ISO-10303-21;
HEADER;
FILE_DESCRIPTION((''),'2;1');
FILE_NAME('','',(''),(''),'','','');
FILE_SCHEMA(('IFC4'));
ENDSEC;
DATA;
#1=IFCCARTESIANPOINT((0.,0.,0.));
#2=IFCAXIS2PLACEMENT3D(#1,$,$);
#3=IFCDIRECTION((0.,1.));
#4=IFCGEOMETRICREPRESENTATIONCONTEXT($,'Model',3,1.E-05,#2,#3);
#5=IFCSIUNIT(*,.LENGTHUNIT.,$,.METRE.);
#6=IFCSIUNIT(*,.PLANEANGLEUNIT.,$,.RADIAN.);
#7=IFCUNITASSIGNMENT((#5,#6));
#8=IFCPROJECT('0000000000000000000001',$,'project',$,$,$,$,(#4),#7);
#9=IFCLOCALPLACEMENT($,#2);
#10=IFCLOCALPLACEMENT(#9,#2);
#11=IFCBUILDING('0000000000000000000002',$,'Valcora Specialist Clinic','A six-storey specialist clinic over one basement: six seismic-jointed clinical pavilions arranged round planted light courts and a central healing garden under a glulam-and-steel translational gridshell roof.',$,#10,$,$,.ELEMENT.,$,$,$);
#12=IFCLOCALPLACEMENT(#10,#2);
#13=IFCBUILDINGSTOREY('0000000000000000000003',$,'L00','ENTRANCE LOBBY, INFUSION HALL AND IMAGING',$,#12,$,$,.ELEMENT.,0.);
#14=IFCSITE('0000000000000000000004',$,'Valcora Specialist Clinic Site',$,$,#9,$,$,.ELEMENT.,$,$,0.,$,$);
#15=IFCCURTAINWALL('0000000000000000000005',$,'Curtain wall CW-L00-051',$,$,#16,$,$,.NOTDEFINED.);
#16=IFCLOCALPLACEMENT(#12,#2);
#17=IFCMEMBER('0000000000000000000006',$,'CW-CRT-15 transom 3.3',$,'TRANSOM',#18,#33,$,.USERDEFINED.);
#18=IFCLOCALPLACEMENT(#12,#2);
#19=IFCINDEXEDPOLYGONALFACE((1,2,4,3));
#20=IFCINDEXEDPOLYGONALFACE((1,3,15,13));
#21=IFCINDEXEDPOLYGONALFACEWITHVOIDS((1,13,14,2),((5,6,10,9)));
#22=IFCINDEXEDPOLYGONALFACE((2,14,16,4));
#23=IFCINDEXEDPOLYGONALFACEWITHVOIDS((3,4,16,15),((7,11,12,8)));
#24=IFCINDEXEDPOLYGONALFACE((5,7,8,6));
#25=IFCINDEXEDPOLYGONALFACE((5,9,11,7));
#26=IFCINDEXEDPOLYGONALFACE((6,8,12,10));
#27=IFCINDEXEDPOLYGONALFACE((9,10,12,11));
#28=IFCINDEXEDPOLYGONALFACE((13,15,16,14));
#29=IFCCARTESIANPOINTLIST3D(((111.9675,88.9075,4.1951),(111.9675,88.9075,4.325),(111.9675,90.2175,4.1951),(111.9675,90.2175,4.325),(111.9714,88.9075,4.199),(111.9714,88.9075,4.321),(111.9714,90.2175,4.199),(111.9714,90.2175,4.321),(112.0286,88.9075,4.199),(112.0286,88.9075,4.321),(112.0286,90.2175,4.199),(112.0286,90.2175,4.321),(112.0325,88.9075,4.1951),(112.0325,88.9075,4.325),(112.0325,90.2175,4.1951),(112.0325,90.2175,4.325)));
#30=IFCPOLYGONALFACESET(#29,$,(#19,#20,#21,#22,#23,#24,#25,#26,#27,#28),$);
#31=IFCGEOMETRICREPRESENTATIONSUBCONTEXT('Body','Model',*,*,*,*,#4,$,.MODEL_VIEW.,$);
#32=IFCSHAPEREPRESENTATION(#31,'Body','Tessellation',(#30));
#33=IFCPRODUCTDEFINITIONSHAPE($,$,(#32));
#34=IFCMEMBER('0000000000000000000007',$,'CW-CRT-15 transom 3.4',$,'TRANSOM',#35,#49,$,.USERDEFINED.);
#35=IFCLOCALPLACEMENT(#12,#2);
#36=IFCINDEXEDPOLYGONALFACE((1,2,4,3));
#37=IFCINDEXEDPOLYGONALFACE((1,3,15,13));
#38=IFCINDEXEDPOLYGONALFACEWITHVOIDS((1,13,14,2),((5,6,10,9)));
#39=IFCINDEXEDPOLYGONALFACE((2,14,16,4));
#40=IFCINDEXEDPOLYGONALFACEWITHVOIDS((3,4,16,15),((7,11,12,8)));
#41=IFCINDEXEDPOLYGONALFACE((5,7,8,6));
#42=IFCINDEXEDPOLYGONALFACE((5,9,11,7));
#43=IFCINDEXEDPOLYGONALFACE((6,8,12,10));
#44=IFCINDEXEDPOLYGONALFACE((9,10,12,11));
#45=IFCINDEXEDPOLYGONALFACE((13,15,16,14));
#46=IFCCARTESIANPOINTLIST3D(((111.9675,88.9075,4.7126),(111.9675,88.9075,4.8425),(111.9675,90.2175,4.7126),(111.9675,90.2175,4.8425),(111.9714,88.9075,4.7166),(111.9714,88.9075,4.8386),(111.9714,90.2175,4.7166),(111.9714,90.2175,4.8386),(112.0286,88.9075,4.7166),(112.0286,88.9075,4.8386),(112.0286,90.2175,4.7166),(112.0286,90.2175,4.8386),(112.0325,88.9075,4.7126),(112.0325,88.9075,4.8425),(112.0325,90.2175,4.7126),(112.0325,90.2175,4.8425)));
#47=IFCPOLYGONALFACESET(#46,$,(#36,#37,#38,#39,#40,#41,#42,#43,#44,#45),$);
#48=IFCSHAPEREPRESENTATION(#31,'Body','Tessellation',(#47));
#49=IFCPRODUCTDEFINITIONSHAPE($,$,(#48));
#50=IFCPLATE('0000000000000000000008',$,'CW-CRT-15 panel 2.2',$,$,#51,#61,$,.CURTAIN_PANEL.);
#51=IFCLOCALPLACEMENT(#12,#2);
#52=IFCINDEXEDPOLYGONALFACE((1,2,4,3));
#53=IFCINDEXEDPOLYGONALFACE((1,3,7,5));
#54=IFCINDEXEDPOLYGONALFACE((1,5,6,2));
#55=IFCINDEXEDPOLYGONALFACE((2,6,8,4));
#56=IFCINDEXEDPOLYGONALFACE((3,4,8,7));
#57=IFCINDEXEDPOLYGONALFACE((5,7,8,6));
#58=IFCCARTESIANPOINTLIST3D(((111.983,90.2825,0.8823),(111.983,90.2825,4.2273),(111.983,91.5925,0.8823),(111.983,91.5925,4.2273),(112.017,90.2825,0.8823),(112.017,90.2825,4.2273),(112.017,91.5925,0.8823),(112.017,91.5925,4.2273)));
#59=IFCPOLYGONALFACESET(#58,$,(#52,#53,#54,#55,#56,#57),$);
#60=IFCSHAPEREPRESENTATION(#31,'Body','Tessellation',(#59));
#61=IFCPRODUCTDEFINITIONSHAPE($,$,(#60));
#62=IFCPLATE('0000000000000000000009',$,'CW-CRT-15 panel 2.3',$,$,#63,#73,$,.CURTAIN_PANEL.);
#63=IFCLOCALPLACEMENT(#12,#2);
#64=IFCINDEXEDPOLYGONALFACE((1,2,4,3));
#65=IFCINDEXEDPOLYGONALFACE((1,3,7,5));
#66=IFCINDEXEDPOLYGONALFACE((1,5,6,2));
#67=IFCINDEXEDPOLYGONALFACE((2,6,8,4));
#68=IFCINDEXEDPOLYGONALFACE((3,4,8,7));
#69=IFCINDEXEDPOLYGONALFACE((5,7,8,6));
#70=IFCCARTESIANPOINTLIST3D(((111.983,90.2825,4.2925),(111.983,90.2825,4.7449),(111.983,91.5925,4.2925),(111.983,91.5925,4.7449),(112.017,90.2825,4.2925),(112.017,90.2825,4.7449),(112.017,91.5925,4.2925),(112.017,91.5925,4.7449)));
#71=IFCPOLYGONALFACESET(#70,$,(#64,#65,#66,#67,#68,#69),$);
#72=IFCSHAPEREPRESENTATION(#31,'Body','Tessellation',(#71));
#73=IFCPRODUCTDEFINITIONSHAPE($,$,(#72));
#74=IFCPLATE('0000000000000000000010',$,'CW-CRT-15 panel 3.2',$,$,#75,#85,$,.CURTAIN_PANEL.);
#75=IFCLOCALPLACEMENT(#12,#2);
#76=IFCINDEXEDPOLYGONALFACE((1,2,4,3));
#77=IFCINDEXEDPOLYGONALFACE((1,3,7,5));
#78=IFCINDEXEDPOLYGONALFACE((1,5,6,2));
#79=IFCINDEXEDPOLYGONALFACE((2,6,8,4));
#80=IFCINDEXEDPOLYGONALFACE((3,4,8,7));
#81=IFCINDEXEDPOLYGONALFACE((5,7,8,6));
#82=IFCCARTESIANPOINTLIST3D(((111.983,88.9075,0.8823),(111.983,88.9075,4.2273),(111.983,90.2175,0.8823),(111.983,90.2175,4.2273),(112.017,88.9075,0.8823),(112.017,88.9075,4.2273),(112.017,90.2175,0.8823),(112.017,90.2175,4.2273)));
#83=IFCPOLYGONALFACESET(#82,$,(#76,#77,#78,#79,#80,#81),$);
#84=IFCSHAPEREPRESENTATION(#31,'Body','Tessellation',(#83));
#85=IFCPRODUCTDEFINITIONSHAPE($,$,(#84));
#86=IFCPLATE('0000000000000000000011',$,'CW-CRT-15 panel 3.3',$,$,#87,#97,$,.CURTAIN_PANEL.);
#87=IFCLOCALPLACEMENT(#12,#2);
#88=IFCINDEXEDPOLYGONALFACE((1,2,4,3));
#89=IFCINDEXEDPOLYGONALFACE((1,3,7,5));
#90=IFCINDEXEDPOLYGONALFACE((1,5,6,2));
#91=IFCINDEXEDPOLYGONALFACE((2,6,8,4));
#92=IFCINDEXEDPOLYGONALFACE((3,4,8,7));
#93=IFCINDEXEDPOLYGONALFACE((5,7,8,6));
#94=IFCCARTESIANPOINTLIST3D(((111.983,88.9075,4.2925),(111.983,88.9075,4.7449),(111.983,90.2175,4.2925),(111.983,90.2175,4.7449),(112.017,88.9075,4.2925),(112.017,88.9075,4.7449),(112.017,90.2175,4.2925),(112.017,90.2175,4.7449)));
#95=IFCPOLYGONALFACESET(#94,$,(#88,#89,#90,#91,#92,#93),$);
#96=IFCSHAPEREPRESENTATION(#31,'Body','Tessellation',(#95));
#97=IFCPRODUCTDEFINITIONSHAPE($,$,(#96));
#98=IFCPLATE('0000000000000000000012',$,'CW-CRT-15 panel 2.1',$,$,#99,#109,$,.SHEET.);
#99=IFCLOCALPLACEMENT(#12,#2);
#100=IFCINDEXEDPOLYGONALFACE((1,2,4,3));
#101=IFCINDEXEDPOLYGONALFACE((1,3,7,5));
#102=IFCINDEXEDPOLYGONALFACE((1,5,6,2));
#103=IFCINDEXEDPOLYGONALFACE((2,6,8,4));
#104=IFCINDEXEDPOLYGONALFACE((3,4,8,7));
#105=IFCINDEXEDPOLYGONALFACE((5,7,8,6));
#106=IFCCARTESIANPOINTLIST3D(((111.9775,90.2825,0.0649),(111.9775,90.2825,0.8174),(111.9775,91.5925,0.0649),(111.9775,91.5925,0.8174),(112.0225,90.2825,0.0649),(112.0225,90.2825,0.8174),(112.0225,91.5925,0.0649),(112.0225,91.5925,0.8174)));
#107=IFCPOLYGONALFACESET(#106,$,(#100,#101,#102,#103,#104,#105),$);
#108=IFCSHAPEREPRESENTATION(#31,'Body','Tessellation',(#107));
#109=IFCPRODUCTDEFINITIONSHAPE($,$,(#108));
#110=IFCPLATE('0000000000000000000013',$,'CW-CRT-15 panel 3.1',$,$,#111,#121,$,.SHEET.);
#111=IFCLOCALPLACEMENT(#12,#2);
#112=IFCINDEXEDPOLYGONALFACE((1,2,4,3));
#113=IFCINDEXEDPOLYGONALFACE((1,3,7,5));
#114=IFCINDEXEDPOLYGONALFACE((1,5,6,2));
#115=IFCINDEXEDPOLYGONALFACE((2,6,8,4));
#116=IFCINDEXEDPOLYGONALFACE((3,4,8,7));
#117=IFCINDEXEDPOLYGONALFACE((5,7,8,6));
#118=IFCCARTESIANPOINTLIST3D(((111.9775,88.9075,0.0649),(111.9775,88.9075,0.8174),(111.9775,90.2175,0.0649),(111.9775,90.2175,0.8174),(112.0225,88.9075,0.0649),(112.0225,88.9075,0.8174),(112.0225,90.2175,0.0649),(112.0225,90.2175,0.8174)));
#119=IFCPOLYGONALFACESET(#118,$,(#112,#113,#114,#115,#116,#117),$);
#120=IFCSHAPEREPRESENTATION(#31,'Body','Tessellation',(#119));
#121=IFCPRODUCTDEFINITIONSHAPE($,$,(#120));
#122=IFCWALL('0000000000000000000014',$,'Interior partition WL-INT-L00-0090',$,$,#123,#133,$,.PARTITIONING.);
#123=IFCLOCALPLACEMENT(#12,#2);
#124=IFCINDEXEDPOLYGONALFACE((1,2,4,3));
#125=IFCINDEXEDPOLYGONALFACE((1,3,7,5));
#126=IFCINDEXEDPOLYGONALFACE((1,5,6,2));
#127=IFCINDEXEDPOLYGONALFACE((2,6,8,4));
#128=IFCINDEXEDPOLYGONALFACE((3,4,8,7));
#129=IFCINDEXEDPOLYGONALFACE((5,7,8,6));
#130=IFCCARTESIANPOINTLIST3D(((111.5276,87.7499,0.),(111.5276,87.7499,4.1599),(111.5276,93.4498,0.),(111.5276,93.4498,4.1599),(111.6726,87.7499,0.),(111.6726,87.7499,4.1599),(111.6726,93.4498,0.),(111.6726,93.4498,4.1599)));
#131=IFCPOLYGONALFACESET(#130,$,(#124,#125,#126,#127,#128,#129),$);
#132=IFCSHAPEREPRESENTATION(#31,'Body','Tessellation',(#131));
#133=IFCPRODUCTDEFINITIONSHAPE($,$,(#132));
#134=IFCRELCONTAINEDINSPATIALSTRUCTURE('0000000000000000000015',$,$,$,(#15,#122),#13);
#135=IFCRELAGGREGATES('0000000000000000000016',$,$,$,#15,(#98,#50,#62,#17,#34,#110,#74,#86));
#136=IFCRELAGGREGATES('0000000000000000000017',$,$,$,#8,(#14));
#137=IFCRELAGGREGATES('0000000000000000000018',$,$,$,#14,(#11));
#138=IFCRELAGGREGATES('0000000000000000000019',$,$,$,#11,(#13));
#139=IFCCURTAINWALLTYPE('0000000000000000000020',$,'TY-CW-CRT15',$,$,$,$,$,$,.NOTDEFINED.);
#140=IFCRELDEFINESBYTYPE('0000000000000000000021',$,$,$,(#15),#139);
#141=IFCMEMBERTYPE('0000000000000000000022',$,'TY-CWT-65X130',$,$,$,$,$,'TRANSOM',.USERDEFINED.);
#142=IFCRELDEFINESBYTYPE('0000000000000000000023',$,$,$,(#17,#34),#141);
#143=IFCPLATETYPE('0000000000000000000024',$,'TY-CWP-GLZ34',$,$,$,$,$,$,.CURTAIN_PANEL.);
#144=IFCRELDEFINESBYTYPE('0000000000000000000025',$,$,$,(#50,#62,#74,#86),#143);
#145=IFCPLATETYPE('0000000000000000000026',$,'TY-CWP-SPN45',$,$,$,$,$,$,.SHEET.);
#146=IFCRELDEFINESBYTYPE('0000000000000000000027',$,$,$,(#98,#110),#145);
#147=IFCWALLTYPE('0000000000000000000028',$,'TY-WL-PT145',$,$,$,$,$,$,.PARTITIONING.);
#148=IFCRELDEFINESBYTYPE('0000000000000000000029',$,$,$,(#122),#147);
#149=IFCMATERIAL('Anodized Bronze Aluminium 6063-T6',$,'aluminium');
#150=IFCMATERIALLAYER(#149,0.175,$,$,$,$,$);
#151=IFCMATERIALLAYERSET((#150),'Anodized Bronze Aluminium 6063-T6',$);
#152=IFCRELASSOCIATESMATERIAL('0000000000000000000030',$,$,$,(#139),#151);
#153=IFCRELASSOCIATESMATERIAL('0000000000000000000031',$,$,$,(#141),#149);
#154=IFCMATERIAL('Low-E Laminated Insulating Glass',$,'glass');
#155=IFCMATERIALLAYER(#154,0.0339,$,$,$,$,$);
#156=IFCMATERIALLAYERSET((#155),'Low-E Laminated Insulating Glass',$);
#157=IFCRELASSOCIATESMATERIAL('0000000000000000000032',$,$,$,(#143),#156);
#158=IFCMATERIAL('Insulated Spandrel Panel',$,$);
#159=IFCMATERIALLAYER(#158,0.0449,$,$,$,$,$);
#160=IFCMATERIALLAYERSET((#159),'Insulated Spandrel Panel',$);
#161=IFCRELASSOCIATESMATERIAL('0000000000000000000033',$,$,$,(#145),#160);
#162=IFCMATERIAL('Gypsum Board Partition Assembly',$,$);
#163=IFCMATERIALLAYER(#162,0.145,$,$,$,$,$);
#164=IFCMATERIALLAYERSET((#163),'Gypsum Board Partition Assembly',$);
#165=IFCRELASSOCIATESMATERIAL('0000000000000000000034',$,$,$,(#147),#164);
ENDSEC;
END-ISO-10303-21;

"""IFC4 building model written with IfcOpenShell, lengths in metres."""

from ifc_helpers import new_model, si_unit, direction, frame, frame_2d, origin, origin_2d, place, context, subcontext, project, spatial, rectangle, hollow_rectangle, extrude, material, layer, layer_set, material_profile, profile_set, type_object, element, aggregate, save


model = new_model("IFC4")

# Units and contexts
model_context = context("Model", 3, precision=1e-05, world=origin(), true_north=direction((0.0, 1.0)))
body_context = subcontext(model_context, "Body", "Model", "MODEL_VIEW")
ifc_project = project(units=[si_unit("LENGTHUNIT", "METRE"), si_unit("PLANEANGLEUNIT", "RADIAN")], contexts=[model_context])

# Site, building, storey
site_placement = place(None, origin())
site = spatial("IfcSite", under=ifc_project, at=site_placement, Name="Valcora Specialist Clinic Site", CompositionType="ELEMENT", RefElevation=0.0)
building_placement = place(site_placement, origin())
building = spatial("IfcBuilding", under=site, at=building_placement, Name="Valcora Specialist Clinic", Description="A six-storey specialist clinic over one basement: six seismic-jointed clinical pavilions arranged round planted light courts and a central healing garden under a glulam-and-steel translational gridshell roof.", CompositionType="ELEMENT")
storey_placement = place(building_placement, origin())
storey = spatial("IfcBuildingStorey", under=building, at=storey_placement, Name="L00", Description="ENTRANCE LOBBY, INFUSION HALL AND IMAGING", CompositionType="ELEMENT", Elevation=0.0)

# Curtain wall, members, plates
ifc_material_1 = material(Name="Anodized Bronze Aluminium 6063-T6", Category="aluminium")
ifc_layer_1 = layer(ifc_material_1, 0.175)
ifc_layer_set_1 = layer_set([ifc_layer_1], Name="Anodized Bronze Aluminium 6063-T6")
curtain_wall_type = type_object("IfcCurtainWallType", Name="TY-CW-CRT15", PredefinedType="NOTDEFINED", material=ifc_layer_set_1)
curtain_wall_placement = place(storey_placement, origin())
curtain_wall = element("IfcCurtainWall", 1, at=curtain_wall_placement, inside=storey, type_object=curtain_wall_type, Name="Curtain wall CW-L00-051", PredefinedType="NOTDEFINED")
ifc_material_profile_1 = material_profile(ifc_material_1, hollow_rectangle(XDim=0.0649, YDim=0.1299, WallThickness=0.0039, at=origin_2d()), Name="AL-TRN-65X130")
ifc_profile_set_1 = profile_set([ifc_material_profile_1], Name="Anodized Bronze Aluminium 6063-T6")
member_type_1 = type_object("IfcMemberType", Name="TY-CWT-65X130", ElementType="TRANSOM", PredefinedType="USERDEFINED", material=ifc_profile_set_1)
member_1_placement = place(storey_placement, frame((112.0, 90.2175, 4.26), z_axis=(0.0, -1.0, 0.0), x_axis=(1.0, 0.0, 0.0)))
member_1 = element("IfcMember", 2, at=member_1_placement, type_object=member_type_1, Name="CW-CRT-15 transom 3.3", ObjectType="TRANSOM", PredefinedType="USERDEFINED", context=body_context, shape_type="SweptSolid", body=[
    extrude(hollow_rectangle(XDim=0.0649, YDim=0.1299, WallThickness=0.0039, at=origin_2d()), origin(), (0.0, 0.0, 1.0), 1.3101),
])
member_2_placement = place(storey_placement, frame((112.0, 90.2175, 4.7776), z_axis=(0.0, -1.0, 0.0), x_axis=(1.0, 0.0, 0.0)))
member_2 = element("IfcMember", 3, at=member_2_placement, type_object=member_type_1, Name="CW-CRT-15 transom 3.4", ObjectType="TRANSOM", PredefinedType="USERDEFINED", context=body_context, shape_type="SweptSolid", body=[
    extrude(hollow_rectangle(XDim=0.0649, YDim=0.1299, WallThickness=0.0039, at=origin_2d()), origin(), (0.0, 0.0, 1.0), 1.3101),
])
ifc_material_2 = material(Name="Low-E Laminated Insulating Glass", Category="glass")
ifc_layer_2 = layer(ifc_material_2, 0.0339)
ifc_layer_set_2 = layer_set([ifc_layer_2], Name="Low-E Laminated Insulating Glass")
plate_type_1 = type_object("IfcPlateType", Name="TY-CWP-GLZ34", PredefinedType="CURTAIN_PANEL", material=ifc_layer_set_2)
plate_1_placement = place(storey_placement, frame((112.0, 90.9375, 0.8823), z_axis=(0.0, 0.0, 1.0), x_axis=(0.0, -1.0, 0.0)))
plate_1 = element("IfcPlate", 4, at=plate_1_placement, type_object=plate_type_1, Name="CW-CRT-15 panel 2.2", PredefinedType="CURTAIN_PANEL", context=body_context, shape_type="SweptSolid", body=[
    extrude(rectangle(XDim=1.3101, YDim=0.0339, at=origin_2d()), origin(), (0.0, 0.0, 1.0), 3.345),
])
plate_2_placement = place(storey_placement, frame((112.0, 90.9375, 4.2925), z_axis=(0.0, 0.0, 1.0), x_axis=(0.0, -1.0, 0.0)))
plate_2 = element("IfcPlate", 5, at=plate_2_placement, type_object=plate_type_1, Name="CW-CRT-15 panel 2.3", PredefinedType="CURTAIN_PANEL", context=body_context, shape_type="SweptSolid", body=[
    extrude(rectangle(XDim=1.3101, YDim=0.0339, at=origin_2d()), origin(), (0.0, 0.0, 1.0), 0.4524),
])
plate_3_placement = place(storey_placement, frame((112.0, 89.5625, 0.8823), z_axis=(0.0, 0.0, 1.0), x_axis=(0.0, -1.0, 0.0)))
plate_3 = element("IfcPlate", 6, at=plate_3_placement, type_object=plate_type_1, Name="CW-CRT-15 panel 3.2", PredefinedType="CURTAIN_PANEL", context=body_context, shape_type="SweptSolid", body=[
    extrude(rectangle(XDim=1.3101, YDim=0.0339, at=origin_2d()), origin(), (0.0, 0.0, 1.0), 3.345),
])
plate_4_placement = place(storey_placement, frame((112.0, 89.5625, 4.2925), z_axis=(0.0, 0.0, 1.0), x_axis=(0.0, -1.0, 0.0)))
plate_4 = element("IfcPlate", 7, at=plate_4_placement, type_object=plate_type_1, Name="CW-CRT-15 panel 3.3", PredefinedType="CURTAIN_PANEL", context=body_context, shape_type="SweptSolid", body=[
    extrude(rectangle(XDim=1.3101, YDim=0.0339, at=origin_2d()), origin(), (0.0, 0.0, 1.0), 0.4524),
])
ifc_material_3 = material(Name="Insulated Spandrel Panel")
ifc_layer_3 = layer(ifc_material_3, 0.0449)
ifc_layer_set_3 = layer_set([ifc_layer_3], Name="Insulated Spandrel Panel")
plate_type_2 = type_object("IfcPlateType", Name="TY-CWP-SPN45", PredefinedType="SHEET", material=ifc_layer_set_3)
plate_5_placement = place(storey_placement, frame((112.0, 90.9375, 0.0649), z_axis=(0.0, 0.0, 1.0), x_axis=(0.0, -1.0, 0.0)))
plate_5 = element("IfcPlate", 8, at=plate_5_placement, type_object=plate_type_2, Name="CW-CRT-15 panel 2.1", PredefinedType="SHEET", context=body_context, shape_type="SweptSolid", body=[
    extrude(rectangle(XDim=1.3101, YDim=0.0449, at=origin_2d()), origin(), (0.0, 0.0, 1.0), 0.7524),
])
plate_6_placement = place(storey_placement, frame((112.0, 89.5625, 0.0649), z_axis=(0.0, 0.0, 1.0), x_axis=(0.0, -1.0, 0.0)))
plate_6 = element("IfcPlate", 9, at=plate_6_placement, type_object=plate_type_2, Name="CW-CRT-15 panel 3.1", PredefinedType="SHEET", context=body_context, shape_type="SweptSolid", body=[
    extrude(rectangle(XDim=1.3101, YDim=0.0449, at=origin_2d()), origin(), (0.0, 0.0, 1.0), 0.7524),
])
aggregate(curtain_wall, [plate_5, plate_1, plate_2, member_1, member_2, plate_6, plate_3, plate_4])

# Wall
ifc_material_4 = material(Name="Gypsum Board Partition Assembly")
ifc_layer_4 = layer(ifc_material_4, 0.145)
ifc_layer_set_4 = layer_set([ifc_layer_4], Name="Gypsum Board Partition Assembly")
wall_type = type_object("IfcWallType", Name="TY-WL-PT145", PredefinedType="PARTITIONING", material=ifc_layer_set_4)
wall_placement = place(storey_placement, frame((111.6001, 93.45, 0.0), z_axis=(0.0, 0.0, 1.0), x_axis=(0.0, -1.0, 0.0)))
element("IfcWall", 10, at=wall_placement, inside=storey, type_object=wall_type, Name="Interior partition WL-INT-L00-0090", PredefinedType="PARTITIONING", context=body_context, shape_type="SweptSolid", body=[
    extrude(rectangle(XDim=5.7, YDim=0.145, at=frame_2d((2.8501, 0.0))), origin(), (0.0, 0.0, 1.0), 4.1599),
])

save(model, "model.ifc")
